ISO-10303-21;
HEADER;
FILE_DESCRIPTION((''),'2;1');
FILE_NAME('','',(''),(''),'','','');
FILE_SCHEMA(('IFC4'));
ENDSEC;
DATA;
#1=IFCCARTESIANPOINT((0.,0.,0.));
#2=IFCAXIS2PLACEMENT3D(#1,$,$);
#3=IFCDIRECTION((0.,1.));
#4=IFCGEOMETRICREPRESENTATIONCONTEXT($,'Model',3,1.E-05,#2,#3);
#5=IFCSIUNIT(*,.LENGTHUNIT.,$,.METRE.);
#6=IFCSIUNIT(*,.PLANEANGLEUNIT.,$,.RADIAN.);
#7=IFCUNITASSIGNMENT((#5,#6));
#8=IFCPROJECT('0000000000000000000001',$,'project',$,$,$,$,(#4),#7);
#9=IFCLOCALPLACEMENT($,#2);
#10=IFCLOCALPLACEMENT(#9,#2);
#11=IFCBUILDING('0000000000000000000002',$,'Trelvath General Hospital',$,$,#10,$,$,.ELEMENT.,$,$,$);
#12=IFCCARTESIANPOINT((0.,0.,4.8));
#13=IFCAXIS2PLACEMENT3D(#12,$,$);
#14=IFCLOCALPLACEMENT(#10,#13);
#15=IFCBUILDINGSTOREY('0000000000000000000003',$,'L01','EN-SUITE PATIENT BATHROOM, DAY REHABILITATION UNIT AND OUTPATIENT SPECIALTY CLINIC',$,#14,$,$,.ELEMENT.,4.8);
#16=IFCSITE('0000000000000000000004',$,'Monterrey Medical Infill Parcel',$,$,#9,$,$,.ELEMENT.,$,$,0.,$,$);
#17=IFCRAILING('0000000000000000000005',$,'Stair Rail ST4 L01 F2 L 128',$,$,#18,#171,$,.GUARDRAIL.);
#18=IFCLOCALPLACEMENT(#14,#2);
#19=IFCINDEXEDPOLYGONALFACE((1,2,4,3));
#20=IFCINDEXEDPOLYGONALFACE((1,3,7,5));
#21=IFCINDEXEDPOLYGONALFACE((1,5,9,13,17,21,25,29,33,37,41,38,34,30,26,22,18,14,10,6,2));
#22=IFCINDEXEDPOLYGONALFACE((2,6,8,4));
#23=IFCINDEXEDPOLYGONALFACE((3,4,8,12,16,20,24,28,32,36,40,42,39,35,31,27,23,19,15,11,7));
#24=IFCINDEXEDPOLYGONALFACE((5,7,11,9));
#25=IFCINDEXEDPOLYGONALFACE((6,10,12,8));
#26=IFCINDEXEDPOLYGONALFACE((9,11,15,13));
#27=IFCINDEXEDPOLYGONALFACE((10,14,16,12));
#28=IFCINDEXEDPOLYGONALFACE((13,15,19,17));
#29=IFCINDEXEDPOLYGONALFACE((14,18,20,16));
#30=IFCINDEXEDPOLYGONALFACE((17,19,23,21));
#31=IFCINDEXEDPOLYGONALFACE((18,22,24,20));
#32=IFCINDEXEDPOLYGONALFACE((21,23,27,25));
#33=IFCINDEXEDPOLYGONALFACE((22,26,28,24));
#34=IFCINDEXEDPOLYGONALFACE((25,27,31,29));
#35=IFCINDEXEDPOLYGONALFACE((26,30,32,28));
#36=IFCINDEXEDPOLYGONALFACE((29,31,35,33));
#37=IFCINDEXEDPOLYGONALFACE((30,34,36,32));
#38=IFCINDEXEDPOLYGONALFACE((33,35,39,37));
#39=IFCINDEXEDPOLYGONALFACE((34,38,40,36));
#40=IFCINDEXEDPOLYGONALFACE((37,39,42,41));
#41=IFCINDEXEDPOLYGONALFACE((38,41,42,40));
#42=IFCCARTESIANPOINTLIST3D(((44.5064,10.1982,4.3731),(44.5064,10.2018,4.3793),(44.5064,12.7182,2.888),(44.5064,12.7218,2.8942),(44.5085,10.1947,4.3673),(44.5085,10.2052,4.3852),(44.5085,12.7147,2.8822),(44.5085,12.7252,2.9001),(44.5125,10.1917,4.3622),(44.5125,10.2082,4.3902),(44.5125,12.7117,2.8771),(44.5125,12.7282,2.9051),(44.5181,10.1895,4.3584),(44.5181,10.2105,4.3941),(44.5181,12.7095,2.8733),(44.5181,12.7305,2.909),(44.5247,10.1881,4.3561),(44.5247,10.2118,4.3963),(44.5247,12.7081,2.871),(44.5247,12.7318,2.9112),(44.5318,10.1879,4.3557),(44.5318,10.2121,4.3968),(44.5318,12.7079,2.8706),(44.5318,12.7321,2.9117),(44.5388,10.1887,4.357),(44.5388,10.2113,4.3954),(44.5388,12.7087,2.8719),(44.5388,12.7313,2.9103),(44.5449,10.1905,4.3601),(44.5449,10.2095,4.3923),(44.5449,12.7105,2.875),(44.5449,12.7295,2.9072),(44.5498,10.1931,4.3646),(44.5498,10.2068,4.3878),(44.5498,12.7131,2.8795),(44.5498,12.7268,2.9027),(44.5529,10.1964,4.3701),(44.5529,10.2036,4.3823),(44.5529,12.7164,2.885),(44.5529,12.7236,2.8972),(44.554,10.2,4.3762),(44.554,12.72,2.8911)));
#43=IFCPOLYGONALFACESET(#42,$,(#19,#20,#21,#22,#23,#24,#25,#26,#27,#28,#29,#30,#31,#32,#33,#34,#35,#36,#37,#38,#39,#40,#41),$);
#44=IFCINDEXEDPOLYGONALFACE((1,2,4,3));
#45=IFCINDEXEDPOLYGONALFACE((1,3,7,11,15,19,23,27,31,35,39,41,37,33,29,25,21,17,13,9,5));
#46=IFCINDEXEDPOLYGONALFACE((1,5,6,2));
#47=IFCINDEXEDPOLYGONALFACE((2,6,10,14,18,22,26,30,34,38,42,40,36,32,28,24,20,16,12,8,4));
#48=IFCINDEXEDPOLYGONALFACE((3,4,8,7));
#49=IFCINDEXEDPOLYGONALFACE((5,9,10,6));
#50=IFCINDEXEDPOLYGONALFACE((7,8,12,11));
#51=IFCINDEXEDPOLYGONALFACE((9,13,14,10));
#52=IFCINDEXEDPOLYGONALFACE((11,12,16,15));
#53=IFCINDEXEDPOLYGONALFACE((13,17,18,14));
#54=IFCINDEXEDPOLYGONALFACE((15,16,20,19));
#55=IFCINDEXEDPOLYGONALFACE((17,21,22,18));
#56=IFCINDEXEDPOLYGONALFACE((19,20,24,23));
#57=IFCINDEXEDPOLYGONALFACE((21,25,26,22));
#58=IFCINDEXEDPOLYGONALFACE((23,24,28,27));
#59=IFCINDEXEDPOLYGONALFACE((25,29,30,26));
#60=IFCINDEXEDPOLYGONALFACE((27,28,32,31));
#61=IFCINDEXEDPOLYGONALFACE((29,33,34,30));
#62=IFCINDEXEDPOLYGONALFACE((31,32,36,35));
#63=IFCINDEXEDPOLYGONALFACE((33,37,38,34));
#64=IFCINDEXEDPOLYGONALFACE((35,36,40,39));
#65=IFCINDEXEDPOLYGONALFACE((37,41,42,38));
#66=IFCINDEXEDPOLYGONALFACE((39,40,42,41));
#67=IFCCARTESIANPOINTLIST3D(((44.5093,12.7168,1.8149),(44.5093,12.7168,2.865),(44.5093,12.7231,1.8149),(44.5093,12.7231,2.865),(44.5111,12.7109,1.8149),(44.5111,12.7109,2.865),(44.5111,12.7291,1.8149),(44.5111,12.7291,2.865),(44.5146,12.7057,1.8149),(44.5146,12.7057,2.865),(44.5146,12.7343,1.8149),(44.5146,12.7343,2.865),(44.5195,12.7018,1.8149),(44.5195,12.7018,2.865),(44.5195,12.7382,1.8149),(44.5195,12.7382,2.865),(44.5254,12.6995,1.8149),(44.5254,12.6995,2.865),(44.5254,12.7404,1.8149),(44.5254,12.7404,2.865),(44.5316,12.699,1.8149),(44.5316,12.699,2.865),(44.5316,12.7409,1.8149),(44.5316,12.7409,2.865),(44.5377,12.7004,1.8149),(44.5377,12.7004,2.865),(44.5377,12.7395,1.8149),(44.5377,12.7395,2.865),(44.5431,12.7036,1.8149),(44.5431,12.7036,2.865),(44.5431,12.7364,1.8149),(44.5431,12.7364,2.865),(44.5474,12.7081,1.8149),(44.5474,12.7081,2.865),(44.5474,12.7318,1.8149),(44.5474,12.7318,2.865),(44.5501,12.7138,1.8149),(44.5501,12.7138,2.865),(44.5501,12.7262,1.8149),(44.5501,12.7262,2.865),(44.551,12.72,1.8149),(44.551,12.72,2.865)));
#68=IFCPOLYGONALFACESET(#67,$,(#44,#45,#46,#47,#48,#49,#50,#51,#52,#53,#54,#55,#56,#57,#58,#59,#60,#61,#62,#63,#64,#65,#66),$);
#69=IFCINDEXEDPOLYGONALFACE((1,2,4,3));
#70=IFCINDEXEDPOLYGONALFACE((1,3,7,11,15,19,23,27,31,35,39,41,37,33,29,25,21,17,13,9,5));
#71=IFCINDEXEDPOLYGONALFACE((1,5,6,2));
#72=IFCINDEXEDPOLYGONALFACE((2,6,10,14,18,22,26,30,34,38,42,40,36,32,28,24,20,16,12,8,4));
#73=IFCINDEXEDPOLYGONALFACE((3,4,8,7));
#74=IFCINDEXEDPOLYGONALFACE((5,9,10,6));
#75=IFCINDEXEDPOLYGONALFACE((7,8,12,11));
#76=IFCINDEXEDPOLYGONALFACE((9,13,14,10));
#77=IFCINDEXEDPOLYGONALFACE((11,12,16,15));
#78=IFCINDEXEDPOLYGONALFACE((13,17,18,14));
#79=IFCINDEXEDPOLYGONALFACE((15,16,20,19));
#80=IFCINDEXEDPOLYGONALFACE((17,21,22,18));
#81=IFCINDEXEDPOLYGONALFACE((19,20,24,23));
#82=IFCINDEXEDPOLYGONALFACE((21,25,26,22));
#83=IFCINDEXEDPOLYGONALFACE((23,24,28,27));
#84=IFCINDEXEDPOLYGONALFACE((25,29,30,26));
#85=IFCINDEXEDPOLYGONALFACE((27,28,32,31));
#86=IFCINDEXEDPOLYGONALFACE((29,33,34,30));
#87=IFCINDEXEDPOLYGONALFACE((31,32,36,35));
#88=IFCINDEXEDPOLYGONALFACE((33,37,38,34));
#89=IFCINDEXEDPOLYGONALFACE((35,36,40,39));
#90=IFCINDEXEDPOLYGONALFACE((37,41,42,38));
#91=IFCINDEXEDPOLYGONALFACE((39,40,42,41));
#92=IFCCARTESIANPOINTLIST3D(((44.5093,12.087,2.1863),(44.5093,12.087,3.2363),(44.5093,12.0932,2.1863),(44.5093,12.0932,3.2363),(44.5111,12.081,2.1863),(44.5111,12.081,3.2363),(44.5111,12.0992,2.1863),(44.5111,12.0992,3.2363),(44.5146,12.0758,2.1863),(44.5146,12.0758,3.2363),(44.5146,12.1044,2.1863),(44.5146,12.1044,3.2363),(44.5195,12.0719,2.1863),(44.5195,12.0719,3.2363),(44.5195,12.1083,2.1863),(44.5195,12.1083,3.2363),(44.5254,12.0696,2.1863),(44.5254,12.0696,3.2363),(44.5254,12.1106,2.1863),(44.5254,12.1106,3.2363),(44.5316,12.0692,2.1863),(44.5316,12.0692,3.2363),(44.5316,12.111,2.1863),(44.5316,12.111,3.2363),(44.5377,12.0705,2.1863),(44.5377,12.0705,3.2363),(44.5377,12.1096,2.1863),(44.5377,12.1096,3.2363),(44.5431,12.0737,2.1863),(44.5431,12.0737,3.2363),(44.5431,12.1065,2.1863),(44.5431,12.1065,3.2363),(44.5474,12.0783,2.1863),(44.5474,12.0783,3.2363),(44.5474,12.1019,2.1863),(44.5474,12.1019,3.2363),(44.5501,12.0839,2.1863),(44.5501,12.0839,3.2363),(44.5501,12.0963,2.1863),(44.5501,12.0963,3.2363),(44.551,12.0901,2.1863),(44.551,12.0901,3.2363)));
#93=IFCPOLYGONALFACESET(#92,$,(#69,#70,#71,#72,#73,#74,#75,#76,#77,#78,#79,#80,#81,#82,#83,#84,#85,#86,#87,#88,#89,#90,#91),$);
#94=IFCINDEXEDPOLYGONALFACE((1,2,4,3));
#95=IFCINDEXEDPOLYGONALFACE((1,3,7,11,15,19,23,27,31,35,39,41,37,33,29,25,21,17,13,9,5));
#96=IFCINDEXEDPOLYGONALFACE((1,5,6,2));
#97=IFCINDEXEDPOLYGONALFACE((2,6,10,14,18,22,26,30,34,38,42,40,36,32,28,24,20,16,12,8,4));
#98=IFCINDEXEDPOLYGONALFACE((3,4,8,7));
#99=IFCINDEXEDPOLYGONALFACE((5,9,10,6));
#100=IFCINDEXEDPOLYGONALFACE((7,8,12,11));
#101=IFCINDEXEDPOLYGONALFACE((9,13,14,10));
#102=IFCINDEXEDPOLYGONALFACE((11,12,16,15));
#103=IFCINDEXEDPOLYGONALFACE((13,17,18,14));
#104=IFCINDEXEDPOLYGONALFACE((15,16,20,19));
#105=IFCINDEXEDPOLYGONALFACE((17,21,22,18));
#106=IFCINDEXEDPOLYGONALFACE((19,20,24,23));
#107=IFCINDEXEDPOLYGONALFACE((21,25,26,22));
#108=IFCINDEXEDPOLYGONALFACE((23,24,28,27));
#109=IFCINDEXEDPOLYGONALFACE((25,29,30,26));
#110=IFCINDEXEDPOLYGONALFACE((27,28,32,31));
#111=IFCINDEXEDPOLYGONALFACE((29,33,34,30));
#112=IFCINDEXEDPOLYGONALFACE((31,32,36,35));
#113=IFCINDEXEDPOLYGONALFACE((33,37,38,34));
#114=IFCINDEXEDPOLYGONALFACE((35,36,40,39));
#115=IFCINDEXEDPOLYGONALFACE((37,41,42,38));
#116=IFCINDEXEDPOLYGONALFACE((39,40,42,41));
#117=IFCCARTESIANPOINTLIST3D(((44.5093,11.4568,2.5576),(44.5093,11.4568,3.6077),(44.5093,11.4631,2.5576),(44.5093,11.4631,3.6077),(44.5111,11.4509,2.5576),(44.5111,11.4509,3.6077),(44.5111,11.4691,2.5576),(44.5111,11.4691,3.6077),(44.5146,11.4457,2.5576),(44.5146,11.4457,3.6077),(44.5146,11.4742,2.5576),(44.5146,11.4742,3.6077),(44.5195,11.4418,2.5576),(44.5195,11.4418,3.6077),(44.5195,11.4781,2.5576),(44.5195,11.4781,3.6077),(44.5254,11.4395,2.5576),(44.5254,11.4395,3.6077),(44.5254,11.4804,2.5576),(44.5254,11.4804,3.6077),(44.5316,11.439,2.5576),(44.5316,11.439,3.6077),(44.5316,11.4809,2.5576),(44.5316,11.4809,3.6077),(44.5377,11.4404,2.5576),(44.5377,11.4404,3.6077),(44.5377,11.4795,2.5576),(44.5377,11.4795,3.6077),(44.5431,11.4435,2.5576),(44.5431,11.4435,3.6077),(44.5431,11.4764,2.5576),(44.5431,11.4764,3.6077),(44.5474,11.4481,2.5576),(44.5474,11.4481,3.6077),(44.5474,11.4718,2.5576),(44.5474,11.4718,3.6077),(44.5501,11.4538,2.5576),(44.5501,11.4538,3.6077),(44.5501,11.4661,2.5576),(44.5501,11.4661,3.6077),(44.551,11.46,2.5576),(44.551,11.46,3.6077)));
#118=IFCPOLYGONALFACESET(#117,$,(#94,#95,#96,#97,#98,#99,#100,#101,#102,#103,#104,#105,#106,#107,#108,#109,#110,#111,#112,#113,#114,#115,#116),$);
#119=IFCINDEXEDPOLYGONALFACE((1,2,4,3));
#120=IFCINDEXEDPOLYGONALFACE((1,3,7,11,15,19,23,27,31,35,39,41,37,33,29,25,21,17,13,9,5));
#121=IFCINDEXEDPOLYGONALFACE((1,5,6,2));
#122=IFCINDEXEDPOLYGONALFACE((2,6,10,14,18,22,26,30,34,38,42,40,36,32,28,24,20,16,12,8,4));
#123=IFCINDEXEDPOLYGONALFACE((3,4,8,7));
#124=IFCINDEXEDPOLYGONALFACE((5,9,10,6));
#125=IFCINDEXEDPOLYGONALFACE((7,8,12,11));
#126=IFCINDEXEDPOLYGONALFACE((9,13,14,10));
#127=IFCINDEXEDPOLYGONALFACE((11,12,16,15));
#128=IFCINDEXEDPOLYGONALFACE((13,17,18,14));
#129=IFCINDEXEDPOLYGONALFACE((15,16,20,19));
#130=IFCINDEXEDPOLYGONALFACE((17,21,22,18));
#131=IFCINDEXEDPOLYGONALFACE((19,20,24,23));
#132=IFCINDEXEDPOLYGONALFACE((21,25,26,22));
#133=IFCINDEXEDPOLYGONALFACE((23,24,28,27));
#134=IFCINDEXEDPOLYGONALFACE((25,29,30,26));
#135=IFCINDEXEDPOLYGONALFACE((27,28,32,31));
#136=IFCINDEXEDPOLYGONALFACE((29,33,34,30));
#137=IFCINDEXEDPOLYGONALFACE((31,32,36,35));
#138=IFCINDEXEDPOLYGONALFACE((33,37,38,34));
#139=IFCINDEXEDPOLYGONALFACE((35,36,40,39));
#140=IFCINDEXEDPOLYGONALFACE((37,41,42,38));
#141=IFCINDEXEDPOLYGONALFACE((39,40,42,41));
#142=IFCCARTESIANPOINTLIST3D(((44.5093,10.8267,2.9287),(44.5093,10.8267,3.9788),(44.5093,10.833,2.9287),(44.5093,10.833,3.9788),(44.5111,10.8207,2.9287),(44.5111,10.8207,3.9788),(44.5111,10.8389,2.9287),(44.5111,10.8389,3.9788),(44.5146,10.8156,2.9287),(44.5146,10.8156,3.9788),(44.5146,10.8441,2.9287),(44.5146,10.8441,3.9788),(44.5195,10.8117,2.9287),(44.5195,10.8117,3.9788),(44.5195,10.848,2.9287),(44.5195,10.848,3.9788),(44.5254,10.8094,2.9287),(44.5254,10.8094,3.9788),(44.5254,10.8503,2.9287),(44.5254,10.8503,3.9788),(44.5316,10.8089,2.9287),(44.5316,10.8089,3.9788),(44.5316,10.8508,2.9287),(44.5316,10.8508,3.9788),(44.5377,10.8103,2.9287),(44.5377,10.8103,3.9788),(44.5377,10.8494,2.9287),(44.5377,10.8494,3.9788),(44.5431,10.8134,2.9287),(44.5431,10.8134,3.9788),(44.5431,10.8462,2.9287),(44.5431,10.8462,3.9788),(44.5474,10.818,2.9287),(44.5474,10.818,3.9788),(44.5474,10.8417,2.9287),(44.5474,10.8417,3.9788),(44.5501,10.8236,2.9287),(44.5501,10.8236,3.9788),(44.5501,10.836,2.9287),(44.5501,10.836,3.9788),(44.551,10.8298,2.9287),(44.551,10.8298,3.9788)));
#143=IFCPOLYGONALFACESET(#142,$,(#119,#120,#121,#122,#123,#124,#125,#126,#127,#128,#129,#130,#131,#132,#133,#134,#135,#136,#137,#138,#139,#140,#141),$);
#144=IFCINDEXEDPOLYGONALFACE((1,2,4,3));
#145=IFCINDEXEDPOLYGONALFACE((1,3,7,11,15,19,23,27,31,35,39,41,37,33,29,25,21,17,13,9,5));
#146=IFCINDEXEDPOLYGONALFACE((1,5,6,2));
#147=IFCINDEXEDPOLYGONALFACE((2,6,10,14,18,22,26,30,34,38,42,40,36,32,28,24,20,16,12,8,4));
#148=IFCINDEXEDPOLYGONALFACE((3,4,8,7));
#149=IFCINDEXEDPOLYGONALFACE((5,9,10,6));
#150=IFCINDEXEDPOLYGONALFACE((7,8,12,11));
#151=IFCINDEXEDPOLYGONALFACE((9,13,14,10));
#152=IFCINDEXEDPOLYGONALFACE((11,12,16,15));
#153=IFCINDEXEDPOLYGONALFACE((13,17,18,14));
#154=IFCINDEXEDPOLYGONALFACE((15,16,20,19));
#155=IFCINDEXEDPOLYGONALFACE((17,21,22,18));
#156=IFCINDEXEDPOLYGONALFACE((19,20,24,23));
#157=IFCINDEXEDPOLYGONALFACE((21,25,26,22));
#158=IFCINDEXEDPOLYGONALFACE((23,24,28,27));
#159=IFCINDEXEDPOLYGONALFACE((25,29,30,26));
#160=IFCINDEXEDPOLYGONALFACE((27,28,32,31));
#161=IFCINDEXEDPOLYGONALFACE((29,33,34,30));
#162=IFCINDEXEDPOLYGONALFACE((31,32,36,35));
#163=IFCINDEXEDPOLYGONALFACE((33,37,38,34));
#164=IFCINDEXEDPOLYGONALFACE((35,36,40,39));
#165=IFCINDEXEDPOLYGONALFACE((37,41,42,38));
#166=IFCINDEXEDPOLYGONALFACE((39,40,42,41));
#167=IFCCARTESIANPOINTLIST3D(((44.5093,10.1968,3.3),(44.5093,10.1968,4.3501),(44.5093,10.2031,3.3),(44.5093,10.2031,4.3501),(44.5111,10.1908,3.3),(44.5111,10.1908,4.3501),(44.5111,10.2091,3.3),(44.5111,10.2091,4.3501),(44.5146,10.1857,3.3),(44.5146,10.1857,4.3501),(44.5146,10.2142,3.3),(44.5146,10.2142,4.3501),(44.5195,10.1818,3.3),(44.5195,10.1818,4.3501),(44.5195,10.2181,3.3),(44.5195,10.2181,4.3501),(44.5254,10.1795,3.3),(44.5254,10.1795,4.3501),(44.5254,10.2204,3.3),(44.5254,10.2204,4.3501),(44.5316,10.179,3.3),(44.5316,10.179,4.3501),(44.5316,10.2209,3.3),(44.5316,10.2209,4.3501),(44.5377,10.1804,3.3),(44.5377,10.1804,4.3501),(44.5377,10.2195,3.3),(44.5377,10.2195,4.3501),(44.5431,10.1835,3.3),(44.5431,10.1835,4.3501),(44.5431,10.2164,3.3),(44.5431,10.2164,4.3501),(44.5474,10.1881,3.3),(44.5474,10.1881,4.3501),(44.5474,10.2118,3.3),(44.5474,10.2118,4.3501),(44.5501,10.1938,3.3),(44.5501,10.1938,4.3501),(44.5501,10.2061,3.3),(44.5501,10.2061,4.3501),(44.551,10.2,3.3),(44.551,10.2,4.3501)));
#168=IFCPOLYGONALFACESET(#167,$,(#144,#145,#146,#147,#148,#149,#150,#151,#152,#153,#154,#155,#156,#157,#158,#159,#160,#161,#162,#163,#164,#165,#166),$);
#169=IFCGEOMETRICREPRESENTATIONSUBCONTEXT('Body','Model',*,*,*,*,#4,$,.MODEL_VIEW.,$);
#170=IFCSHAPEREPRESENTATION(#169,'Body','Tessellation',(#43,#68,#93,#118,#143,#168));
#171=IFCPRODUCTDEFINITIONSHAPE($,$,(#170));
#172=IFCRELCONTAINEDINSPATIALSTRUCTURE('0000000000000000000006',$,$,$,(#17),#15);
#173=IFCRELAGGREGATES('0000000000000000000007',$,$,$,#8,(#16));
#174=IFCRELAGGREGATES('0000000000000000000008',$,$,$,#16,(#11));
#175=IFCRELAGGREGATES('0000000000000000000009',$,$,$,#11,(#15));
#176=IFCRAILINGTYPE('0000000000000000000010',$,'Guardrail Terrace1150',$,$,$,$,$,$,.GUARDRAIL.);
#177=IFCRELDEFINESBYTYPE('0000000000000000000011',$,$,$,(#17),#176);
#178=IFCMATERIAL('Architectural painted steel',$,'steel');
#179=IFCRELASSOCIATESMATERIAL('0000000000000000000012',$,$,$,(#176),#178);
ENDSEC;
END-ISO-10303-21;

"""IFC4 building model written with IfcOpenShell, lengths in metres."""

from ifc_helpers import new_model, si_unit, direction, frame, origin, origin_2d, place, context, subcontext, project, spatial, circle, extrude, material, type_object, element, save


model = new_model("IFC4")

# Units and contexts
model_context = context("Model", 3, precision=1e-05, world=origin(), true_north=direction((0.0, 1.0)))
body_context = subcontext(model_context, "Body", "Model", "MODEL_VIEW")
ifc_project = project(units=[si_unit("LENGTHUNIT", "METRE"), si_unit("PLANEANGLEUNIT", "RADIAN")], contexts=[model_context])

# Site, building, storey
site_placement = place(None, origin())
site = spatial("IfcSite", under=ifc_project, at=site_placement, Name="Monterrey Medical Infill Parcel", CompositionType="ELEMENT", RefElevation=0.0)
building_placement = place(site_placement, origin())
building = spatial("IfcBuilding", under=site, at=building_placement, Name="Trelvath General Hospital", CompositionType="ELEMENT")
storey_placement = place(building_placement, frame((0.0, 0.0, 4.8)))
storey = spatial("IfcBuildingStorey", under=building, at=storey_placement, Name="L01", Description="EN-SUITE PATIENT BATHROOM, DAY REHABILITATION UNIT AND OUTPATIENT SPECIALTY CLINIC", CompositionType="ELEMENT", Elevation=4.8)

# Railing
ifc_material_1 = material(Name="Architectural painted steel", Category="steel")
railing_type_1 = type_object("IfcRailingType", Name="Guardrail Terrace1150", PredefinedType="GUARDRAIL", material=ifc_material_1)
railing_1_placement = place(storey_placement, frame((44.53, 12.72, 1.8149)))
element("IfcRailing", 1, at=railing_1_placement, inside=storey, type_object=railing_type_1, Name="Stair Rail ST4 L01 F2 L 128", PredefinedType="GUARDRAIL", context=body_context, shape_type="SweptSolid", body=[
    extrude(circle(Radius=0.0239, at=origin_2d()), frame((0.0, 0.0, 1.0762), z_axis=(0.0, -0.861524, 0.507717), x_axis=(1.0, 0.0, 0.0)), (0.0, 0.0, 1.0), 2.925),
    extrude(circle(Radius=0.021, at=origin_2d()), origin(), (0.0, 0.0, 1.0), 1.05),
    extrude(circle(Radius=0.021, at=origin_2d()), frame((0.0, -0.6299, 0.3713)), (0.0, 0.0, 1.0), 1.05),
    extrude(circle(Radius=0.021, at=origin_2d()), frame((0.0, -1.26, 0.7427)), (0.0, 0.0, 1.0), 1.05),
    extrude(circle(Radius=0.021, at=origin_2d()), frame((0.0, -1.8901, 1.1138)), (0.0, 0.0, 1.0), 1.05),
    extrude(circle(Radius=0.021, at=origin_2d()), frame((0.0, -2.52, 1.4851)), (0.0, 0.0, 1.0), 1.05),
])

save(model, "model.ifc")
